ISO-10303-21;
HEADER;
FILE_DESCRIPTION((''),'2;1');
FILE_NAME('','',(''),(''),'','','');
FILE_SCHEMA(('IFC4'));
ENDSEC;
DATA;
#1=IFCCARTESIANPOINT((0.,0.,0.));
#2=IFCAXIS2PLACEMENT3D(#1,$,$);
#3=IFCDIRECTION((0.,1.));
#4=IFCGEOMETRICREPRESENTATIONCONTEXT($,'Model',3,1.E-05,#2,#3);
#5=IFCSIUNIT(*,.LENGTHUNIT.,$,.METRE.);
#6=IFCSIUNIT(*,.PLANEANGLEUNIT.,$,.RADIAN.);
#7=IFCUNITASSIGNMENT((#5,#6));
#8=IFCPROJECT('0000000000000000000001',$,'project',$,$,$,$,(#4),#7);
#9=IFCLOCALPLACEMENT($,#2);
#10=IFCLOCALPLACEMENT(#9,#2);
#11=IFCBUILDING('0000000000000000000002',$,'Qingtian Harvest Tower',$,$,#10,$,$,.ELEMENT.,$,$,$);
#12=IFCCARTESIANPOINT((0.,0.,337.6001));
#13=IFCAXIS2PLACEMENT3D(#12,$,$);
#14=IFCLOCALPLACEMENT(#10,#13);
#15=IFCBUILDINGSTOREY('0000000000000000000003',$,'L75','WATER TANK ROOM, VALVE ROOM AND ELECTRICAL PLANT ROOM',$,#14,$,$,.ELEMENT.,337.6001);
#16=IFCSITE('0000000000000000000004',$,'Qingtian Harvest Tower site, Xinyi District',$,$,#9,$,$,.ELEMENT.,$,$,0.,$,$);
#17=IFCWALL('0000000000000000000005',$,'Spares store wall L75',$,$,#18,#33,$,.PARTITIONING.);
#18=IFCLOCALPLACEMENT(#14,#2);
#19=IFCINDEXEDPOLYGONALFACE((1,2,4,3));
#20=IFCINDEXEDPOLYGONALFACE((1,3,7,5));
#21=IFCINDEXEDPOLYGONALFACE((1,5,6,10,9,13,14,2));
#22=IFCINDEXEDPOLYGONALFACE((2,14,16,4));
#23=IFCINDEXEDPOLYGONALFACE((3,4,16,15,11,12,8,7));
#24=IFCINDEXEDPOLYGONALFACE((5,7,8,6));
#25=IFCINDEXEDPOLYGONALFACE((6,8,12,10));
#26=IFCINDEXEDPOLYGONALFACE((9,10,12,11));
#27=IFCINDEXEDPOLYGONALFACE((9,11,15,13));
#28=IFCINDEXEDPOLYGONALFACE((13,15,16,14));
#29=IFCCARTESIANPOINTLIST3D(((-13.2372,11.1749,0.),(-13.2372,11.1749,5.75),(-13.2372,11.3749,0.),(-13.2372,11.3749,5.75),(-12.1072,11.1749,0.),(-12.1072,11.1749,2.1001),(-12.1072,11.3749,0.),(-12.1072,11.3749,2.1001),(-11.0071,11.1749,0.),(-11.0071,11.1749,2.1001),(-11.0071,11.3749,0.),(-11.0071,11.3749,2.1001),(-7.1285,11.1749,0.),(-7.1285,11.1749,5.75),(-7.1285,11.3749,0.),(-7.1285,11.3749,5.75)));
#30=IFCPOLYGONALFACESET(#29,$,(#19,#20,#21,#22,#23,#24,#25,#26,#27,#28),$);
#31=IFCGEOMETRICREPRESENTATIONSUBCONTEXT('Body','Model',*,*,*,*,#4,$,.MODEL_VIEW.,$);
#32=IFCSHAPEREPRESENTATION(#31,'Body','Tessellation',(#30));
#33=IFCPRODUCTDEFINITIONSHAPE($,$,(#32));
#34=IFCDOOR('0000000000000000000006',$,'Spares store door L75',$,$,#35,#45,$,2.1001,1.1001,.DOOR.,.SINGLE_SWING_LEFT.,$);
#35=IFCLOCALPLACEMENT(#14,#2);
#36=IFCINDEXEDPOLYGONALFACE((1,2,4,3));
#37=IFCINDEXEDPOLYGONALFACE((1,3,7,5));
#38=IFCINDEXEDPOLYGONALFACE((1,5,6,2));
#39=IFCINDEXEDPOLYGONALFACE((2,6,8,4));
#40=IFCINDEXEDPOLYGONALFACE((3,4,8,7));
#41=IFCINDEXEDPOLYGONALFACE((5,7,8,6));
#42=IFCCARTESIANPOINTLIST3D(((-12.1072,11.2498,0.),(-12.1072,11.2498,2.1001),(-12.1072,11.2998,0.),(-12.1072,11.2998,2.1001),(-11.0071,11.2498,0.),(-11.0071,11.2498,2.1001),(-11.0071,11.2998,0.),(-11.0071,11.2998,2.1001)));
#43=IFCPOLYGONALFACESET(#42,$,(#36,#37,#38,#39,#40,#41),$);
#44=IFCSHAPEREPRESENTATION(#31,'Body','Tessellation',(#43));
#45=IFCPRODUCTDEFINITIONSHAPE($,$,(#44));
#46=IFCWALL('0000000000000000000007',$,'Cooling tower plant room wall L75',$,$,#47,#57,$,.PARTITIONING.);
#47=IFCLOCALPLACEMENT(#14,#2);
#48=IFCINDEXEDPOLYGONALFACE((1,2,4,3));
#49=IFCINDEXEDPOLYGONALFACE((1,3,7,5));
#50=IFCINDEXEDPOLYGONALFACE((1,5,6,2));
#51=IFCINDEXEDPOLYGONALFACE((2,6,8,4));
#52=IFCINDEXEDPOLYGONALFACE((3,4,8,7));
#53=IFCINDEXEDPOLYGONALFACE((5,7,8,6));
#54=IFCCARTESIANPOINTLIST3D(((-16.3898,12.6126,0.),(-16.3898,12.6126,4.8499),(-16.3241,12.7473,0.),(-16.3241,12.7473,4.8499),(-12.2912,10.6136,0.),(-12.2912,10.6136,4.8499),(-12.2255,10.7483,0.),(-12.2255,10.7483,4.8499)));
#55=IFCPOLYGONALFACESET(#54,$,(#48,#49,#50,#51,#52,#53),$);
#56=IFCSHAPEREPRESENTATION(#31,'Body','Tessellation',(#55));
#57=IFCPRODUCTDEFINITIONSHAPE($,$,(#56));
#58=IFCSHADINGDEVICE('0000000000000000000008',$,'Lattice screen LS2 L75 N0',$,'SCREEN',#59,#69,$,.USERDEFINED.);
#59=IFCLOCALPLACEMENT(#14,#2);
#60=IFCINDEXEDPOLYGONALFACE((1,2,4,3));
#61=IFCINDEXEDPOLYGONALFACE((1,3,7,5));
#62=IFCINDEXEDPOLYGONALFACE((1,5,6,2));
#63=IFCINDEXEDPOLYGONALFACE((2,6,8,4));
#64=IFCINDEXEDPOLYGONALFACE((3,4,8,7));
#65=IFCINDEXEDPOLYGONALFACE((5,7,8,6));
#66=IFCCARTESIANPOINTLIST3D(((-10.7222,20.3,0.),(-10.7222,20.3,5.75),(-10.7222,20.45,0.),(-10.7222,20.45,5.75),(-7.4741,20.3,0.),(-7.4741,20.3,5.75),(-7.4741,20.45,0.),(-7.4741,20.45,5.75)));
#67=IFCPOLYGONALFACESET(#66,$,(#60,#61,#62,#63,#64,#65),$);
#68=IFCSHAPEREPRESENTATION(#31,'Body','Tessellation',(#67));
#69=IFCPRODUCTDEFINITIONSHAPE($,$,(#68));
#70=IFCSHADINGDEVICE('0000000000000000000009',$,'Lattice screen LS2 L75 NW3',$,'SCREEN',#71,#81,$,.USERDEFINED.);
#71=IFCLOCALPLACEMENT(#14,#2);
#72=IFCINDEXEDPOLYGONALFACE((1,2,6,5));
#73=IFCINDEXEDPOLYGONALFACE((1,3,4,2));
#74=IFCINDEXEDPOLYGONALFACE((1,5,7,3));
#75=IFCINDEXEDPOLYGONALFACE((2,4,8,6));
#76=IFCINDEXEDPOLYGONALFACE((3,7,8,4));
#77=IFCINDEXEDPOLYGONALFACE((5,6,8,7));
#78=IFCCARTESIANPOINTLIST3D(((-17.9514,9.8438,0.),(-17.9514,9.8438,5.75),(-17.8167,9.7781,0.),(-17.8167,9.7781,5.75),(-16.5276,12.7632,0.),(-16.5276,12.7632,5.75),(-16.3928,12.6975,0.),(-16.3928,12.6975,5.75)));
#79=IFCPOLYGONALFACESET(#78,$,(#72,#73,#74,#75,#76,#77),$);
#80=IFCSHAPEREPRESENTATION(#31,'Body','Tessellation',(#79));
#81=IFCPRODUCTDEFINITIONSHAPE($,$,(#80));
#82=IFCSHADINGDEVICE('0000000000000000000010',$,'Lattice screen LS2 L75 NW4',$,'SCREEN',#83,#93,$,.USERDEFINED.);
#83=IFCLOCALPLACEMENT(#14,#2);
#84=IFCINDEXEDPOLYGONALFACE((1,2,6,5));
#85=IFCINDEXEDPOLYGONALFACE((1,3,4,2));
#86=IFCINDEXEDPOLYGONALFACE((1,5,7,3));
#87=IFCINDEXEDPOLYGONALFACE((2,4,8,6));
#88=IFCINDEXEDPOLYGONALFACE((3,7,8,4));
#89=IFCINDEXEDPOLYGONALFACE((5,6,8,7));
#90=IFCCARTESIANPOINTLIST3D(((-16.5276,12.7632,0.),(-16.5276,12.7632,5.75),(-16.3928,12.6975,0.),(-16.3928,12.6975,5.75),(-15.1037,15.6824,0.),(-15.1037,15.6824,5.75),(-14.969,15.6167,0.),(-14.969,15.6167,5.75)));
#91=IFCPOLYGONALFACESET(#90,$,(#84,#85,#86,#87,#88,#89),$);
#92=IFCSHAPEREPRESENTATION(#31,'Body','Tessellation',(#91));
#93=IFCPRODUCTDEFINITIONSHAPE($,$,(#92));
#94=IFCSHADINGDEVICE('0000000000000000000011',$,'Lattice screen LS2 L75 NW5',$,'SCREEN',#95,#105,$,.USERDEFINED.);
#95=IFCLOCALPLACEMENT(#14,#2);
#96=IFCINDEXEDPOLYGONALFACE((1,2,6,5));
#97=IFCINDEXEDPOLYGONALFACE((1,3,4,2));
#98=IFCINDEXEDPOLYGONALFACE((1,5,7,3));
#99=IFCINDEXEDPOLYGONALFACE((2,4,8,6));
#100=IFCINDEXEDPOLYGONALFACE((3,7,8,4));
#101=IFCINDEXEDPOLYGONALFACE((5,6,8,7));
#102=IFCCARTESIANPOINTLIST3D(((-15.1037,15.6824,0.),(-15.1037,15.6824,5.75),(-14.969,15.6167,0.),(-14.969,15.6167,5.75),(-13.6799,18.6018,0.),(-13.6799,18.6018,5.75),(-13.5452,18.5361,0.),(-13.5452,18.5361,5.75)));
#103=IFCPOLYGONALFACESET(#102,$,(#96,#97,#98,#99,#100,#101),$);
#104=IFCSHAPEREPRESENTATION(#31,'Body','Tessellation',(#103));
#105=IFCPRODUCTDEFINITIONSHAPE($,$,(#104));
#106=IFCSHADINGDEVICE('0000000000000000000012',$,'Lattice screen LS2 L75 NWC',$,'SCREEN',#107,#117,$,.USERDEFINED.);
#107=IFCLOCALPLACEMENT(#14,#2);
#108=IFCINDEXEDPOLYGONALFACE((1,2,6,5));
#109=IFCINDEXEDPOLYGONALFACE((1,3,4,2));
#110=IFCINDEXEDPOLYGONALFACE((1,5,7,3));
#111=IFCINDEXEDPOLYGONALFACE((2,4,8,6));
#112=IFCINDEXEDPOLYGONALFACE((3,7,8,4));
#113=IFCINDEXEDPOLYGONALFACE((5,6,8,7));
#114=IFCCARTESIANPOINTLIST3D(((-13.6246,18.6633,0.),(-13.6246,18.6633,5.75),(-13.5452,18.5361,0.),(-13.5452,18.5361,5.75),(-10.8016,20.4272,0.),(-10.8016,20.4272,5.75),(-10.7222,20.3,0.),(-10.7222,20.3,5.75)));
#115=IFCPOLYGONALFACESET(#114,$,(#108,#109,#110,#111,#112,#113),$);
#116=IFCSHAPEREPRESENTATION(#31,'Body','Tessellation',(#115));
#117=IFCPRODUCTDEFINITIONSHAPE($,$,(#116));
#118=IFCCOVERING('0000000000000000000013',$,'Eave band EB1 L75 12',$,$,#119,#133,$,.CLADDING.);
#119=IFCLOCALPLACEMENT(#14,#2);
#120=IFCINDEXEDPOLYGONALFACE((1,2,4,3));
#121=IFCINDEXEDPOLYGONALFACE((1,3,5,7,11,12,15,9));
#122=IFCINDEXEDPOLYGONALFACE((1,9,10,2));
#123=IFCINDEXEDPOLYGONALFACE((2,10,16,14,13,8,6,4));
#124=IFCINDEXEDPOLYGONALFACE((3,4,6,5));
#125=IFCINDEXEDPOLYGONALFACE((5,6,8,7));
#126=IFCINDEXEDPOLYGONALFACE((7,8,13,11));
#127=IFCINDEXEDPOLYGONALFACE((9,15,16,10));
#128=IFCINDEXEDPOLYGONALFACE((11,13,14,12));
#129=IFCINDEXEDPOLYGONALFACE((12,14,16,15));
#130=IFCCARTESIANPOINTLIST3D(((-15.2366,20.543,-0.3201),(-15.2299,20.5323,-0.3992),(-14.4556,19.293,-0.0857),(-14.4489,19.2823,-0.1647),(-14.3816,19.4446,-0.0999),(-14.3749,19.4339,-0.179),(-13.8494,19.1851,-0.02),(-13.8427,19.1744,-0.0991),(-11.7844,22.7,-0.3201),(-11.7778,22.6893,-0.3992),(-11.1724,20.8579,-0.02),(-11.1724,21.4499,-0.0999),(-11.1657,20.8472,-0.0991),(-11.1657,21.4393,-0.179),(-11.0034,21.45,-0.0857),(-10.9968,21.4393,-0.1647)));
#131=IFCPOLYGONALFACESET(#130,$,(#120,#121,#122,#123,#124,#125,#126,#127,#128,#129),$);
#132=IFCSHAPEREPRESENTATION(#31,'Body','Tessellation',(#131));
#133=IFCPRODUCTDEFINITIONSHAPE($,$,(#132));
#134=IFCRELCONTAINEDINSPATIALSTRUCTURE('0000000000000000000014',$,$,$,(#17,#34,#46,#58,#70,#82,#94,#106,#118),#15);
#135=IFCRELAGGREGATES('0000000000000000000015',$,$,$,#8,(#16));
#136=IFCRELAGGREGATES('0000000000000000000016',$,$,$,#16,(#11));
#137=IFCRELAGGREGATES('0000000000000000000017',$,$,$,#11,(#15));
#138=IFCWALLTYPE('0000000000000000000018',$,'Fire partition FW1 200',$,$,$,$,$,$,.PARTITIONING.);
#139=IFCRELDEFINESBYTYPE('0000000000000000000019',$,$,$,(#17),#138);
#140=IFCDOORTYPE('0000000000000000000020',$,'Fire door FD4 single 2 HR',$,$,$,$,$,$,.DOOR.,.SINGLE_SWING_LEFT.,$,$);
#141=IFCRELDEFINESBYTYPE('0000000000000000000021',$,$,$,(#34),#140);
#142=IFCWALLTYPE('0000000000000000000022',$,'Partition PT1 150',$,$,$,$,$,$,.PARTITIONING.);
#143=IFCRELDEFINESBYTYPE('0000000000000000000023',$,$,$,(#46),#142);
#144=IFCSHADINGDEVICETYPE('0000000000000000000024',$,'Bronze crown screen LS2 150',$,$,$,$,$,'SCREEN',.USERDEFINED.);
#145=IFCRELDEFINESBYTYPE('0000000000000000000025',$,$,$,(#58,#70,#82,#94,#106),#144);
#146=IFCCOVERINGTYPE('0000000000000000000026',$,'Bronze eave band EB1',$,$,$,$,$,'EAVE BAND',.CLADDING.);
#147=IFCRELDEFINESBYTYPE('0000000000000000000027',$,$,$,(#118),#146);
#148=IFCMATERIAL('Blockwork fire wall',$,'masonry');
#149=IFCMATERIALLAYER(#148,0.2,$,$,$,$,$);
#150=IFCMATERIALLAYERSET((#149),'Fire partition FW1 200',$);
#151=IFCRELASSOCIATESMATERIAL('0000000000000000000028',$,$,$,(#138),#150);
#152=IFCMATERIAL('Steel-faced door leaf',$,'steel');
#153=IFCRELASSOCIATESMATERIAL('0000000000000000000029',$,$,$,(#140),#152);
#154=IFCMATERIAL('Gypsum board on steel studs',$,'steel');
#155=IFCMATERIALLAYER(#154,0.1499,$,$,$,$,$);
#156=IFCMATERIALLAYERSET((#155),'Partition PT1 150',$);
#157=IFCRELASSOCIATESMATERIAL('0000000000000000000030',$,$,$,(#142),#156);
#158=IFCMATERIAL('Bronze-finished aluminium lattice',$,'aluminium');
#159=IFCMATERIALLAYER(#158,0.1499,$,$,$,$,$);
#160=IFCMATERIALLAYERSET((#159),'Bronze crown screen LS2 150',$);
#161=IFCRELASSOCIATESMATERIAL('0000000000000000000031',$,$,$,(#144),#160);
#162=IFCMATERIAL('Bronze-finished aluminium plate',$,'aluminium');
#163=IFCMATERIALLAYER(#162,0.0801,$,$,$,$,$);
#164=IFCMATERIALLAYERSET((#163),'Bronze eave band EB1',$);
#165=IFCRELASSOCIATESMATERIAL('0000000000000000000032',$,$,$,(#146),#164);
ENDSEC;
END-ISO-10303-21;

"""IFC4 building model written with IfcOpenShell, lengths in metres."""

from ifc_helpers import new_model, si_unit, direction, frame, frame_2d, origin, place, context, subcontext, project, spatial, polyline, rectangle, outline, extrude, material, layer, layer_set, type_object, element, fill, save


model = new_model("IFC4")

# Units and contexts
model_context = context("Model", 3, precision=1e-05, world=origin(), true_north=direction((0.0, 1.0)))
body_context = subcontext(model_context, "Body", "Model", "MODEL_VIEW")
ifc_project = project(units=[si_unit("LENGTHUNIT", "METRE"), si_unit("PLANEANGLEUNIT", "RADIAN")], contexts=[model_context])

# Site, building, storey
site_placement = place(None, origin())
site = spatial("IfcSite", under=ifc_project, at=site_placement, Name="Qingtian Harvest Tower site, Xinyi District", CompositionType="ELEMENT", RefElevation=0.0)
building_placement = place(site_placement, origin())
building = spatial("IfcBuilding", under=site, at=building_placement, Name="Qingtian Harvest Tower", CompositionType="ELEMENT")
storey_placement = place(building_placement, frame((0.0, 0.0, 337.6001)))
storey = spatial("IfcBuildingStorey", under=building, at=storey_placement, Name="L75", Description="WATER TANK ROOM, VALVE ROOM AND ELECTRICAL PLANT ROOM", CompositionType="ELEMENT", Elevation=337.6001)

# Wall, opening, door
ifc_material_1 = material(Name="Blockwork fire wall", Category="masonry")
ifc_layer_1 = layer(ifc_material_1, 0.2)
ifc_layer_set_1 = layer_set([ifc_layer_1], Name="Fire partition FW1 200")
wall_type_1 = type_object("IfcWallType", Name="Fire partition FW1 200", PredefinedType="PARTITIONING", material=ifc_layer_set_1)
wall_1_placement = place(storey_placement, frame((-13.2371, 11.2749, 0.0), z_axis=(0.0, 0.0, 1.0), x_axis=(1.0, 0.0, 0.0)))
wall_1 = element("IfcWall", 1, at=wall_1_placement, inside=storey, type_object=wall_type_1, Name="Spares store wall L75", PredefinedType="PARTITIONING", context=body_context, shape_type="SweptSolid", body=[
    extrude(rectangle(XDim=6.1086, YDim=0.2, at=frame_2d((3.0542, 0.0))), origin(), (0.0, 0.0, 1.0), 5.75),
])
opening_placement = place(wall_1_placement, frame((1.1299, 0.0, 0.0)))
opening = element("IfcOpeningElement", 2, at=opening_placement, cuts=wall_1, PredefinedType="OPENING", context=body_context, shape_type="SweptSolid", body=[
    extrude(rectangle(XDim=1.1001, YDim=2.1001, at=frame_2d((0.55, 1.05))), frame((0.0, 0.1099, 0.0), z_axis=(0.0, -1.0, 0.0), x_axis=(1.0, 0.0, 0.0)), (0.0, 0.0, 1.0), 0.22),
])
ifc_material_2 = material(Name="Steel-faced door leaf", Category="steel")
door_type = type_object("IfcDoorType", Name="Fire door FD4 single 2 HR", OperationType="SINGLE_SWING_LEFT", PredefinedType="DOOR", material=ifc_material_2)
door_placement = place(opening_placement, origin())
door = element("IfcDoor", 3, at=door_placement, inside=storey, type_object=door_type, Name="Spares store door L75", OperationType="SINGLE_SWING_LEFT", OverallHeight=2.1001, OverallWidth=1.1001, PredefinedType="DOOR", context=body_context, shape_type="SweptSolid", body=[
    extrude(rectangle(XDim=1.1001, YDim=2.1001, at=frame_2d((0.55, 1.05))), frame((0.0, 0.0249, 0.0), z_axis=(0.0, -1.0, 0.0), x_axis=(1.0, 0.0, 0.0)), (0.0, 0.0, 1.0), 0.05),
])
fill(opening, door)

# Wall
ifc_material_3 = material(Name="Gypsum board on steel studs", Category="steel")
ifc_layer_2 = layer(ifc_material_3, 0.1499)
ifc_layer_set_2 = layer_set([ifc_layer_2], Name="Partition PT1 150")
wall_type_2 = type_object("IfcWallType", Name="Partition PT1 150", PredefinedType="PARTITIONING", material=ifc_layer_set_2)
wall_2_placement = place(storey_placement, frame((-16.3569, 12.6799, 0.0), z_axis=(0.0, 0.0, 1.0), x_axis=(0.898795, -0.438369, 0.0)))
element("IfcWall", 4, at=wall_2_placement, inside=storey, type_object=wall_type_2, Name="Cooling tower plant room wall L75", PredefinedType="PARTITIONING", context=body_context, shape_type="SweptSolid", body=[
    extrude(rectangle(XDim=4.5601, YDim=0.1499, at=frame_2d((2.28, 0.0))), origin(), (0.0, 0.0, 1.0), 4.8499),
])

# Shading devices
ifc_material_4 = material(Name="Bronze-finished aluminium lattice", Category="aluminium")
ifc_layer_3 = layer(ifc_material_4, 0.1499)
ifc_layer_set_3 = layer_set([ifc_layer_3], Name="Bronze crown screen LS2 150")
shading_device_type = type_object("IfcShadingDeviceType", Name="Bronze crown screen LS2 150", ElementType="SCREEN", PredefinedType="USERDEFINED", material=ifc_layer_set_3)
shading_device_1_placement = place(storey_placement, frame((-10.7222, 20.3, 0.0), z_axis=(0.0, -1.0, 0.0), x_axis=(1.0, 0.0, 0.0)))
element("IfcShadingDevice", 5, at=shading_device_1_placement, inside=storey, type_object=shading_device_type, Name="Lattice screen LS2 L75 N0", ObjectType="SCREEN", PredefinedType="USERDEFINED", context=body_context, shape_type="SweptSolid", body=[
    extrude(outline(polyline([(0.0, 0.0), (3.248, 0.0), (3.248, 5.75), (0.0, 5.75), (0.0, 0.0)])), origin(), (0.0, 0.0, -1.0), 0.1499),
])
shading_device_2_placement = place(storey_placement, frame((-17.8167, 9.7781, 0.0), z_axis=(0.898803, -0.438353, 0.0), x_axis=(0.438353, 0.898803, 0.0)))
element("IfcShadingDevice", 6, at=shading_device_2_placement, inside=storey, type_object=shading_device_type, Name="Lattice screen LS2 L75 NW3", ObjectType="SCREEN", PredefinedType="USERDEFINED", context=body_context, shape_type="SweptSolid", body=[
    extrude(outline(polyline([(0.0, 0.0), (3.2481, 0.0), (3.2481, 5.75), (0.0, 5.75), (0.0, 0.0)])), origin(), (0.0, 0.0, -1.0), 0.1499),
])
shading_device_3_placement = place(storey_placement, frame((-16.3928, 12.6975, 0.0), z_axis=(0.898789, -0.438382, 0.0), x_axis=(0.438382, 0.898789, 0.0)))
element("IfcShadingDevice", 7, at=shading_device_3_placement, inside=storey, type_object=shading_device_type, Name="Lattice screen LS2 L75 NW4", ObjectType="SCREEN", PredefinedType="USERDEFINED", context=body_context, shape_type="SweptSolid", body=[
    extrude(outline(polyline([(0.0, 0.0), (3.2479, 0.0), (3.2479, 5.75), (0.0, 5.75), (0.0, 0.0)])), origin(), (0.0, 0.0, -1.0), 0.1499),
])
shading_device_4_placement = place(storey_placement, frame((-14.969, 15.6167, 0.0), z_axis=(0.898803, -0.438353, 0.0), x_axis=(0.438353, 0.898803, 0.0)))
element("IfcShadingDevice", 8, at=shading_device_4_placement, inside=storey, type_object=shading_device_type, Name="Lattice screen LS2 L75 NW5", ObjectType="SCREEN", PredefinedType="USERDEFINED", context=body_context, shape_type="SweptSolid", body=[
    extrude(outline(polyline([(0.0, 0.0), (3.2481, 0.0), (3.2481, 5.75), (0.0, 5.75), (0.0, 0.0)])), origin(), (0.0, 0.0, -1.0), 0.1499),
])
shading_device_5_placement = place(storey_placement, frame((-13.5452, 18.5361, 0.0), z_axis=(0.5299, -0.84806, 0.0), x_axis=(0.84806, 0.5299, 0.0)))
element("IfcShadingDevice", 9, at=shading_device_5_placement, inside=storey, type_object=shading_device_type, Name="Lattice screen LS2 L75 NWC", ObjectType="SCREEN", PredefinedType="USERDEFINED", context=body_context, shape_type="SweptSolid", body=[
    extrude(outline(polyline([(0.0, 0.0), (3.3288, 0.0), (3.3288, 5.75), (0.0, 5.75), (0.0, 0.0)])), origin(), (0.0, 0.0, -1.0), 0.1499),
])

# Covering
ifc_material_5 = material(Name="Bronze-finished aluminium plate", Category="aluminium")
ifc_layer_4 = layer(ifc_material_5, 0.0801)
ifc_layer_set_4 = layer_set([ifc_layer_4], Name="Bronze eave band EB1")
covering_type = type_object("IfcCoveringType", Name="Bronze eave band EB1", ElementType="EAVE BAND", PredefinedType="CLADDING", material=ifc_layer_set_4)
covering_placement = place(storey_placement, frame((-13.8494, 19.1851, -0.02), z_axis=(-0.083231, 0.133205, 0.987587), x_axis=(-0.890773, 0.43435, -0.133657)))
element("IfcCovering", 10, at=covering_placement, inside=storey, type_object=covering_type, Name="Eave band EB1 L75 12", PredefinedType="CLADDING", context=body_context, shape_type="SweptSolid", body=[
    extrude(outline(polyline([(0.0, 0.0), (0.5975, 0.0), (0.5956, 0.1693), (1.8656, -0.6147), (-0.2726, -4.0785), (-1.5426, -3.2945), (-1.3902, -3.2202), (-1.658, -2.6862), (0.0, 0.0)])), origin(), (0.0, 0.0, -1.0), 0.0801),
])

save(model, "model.ifc")
